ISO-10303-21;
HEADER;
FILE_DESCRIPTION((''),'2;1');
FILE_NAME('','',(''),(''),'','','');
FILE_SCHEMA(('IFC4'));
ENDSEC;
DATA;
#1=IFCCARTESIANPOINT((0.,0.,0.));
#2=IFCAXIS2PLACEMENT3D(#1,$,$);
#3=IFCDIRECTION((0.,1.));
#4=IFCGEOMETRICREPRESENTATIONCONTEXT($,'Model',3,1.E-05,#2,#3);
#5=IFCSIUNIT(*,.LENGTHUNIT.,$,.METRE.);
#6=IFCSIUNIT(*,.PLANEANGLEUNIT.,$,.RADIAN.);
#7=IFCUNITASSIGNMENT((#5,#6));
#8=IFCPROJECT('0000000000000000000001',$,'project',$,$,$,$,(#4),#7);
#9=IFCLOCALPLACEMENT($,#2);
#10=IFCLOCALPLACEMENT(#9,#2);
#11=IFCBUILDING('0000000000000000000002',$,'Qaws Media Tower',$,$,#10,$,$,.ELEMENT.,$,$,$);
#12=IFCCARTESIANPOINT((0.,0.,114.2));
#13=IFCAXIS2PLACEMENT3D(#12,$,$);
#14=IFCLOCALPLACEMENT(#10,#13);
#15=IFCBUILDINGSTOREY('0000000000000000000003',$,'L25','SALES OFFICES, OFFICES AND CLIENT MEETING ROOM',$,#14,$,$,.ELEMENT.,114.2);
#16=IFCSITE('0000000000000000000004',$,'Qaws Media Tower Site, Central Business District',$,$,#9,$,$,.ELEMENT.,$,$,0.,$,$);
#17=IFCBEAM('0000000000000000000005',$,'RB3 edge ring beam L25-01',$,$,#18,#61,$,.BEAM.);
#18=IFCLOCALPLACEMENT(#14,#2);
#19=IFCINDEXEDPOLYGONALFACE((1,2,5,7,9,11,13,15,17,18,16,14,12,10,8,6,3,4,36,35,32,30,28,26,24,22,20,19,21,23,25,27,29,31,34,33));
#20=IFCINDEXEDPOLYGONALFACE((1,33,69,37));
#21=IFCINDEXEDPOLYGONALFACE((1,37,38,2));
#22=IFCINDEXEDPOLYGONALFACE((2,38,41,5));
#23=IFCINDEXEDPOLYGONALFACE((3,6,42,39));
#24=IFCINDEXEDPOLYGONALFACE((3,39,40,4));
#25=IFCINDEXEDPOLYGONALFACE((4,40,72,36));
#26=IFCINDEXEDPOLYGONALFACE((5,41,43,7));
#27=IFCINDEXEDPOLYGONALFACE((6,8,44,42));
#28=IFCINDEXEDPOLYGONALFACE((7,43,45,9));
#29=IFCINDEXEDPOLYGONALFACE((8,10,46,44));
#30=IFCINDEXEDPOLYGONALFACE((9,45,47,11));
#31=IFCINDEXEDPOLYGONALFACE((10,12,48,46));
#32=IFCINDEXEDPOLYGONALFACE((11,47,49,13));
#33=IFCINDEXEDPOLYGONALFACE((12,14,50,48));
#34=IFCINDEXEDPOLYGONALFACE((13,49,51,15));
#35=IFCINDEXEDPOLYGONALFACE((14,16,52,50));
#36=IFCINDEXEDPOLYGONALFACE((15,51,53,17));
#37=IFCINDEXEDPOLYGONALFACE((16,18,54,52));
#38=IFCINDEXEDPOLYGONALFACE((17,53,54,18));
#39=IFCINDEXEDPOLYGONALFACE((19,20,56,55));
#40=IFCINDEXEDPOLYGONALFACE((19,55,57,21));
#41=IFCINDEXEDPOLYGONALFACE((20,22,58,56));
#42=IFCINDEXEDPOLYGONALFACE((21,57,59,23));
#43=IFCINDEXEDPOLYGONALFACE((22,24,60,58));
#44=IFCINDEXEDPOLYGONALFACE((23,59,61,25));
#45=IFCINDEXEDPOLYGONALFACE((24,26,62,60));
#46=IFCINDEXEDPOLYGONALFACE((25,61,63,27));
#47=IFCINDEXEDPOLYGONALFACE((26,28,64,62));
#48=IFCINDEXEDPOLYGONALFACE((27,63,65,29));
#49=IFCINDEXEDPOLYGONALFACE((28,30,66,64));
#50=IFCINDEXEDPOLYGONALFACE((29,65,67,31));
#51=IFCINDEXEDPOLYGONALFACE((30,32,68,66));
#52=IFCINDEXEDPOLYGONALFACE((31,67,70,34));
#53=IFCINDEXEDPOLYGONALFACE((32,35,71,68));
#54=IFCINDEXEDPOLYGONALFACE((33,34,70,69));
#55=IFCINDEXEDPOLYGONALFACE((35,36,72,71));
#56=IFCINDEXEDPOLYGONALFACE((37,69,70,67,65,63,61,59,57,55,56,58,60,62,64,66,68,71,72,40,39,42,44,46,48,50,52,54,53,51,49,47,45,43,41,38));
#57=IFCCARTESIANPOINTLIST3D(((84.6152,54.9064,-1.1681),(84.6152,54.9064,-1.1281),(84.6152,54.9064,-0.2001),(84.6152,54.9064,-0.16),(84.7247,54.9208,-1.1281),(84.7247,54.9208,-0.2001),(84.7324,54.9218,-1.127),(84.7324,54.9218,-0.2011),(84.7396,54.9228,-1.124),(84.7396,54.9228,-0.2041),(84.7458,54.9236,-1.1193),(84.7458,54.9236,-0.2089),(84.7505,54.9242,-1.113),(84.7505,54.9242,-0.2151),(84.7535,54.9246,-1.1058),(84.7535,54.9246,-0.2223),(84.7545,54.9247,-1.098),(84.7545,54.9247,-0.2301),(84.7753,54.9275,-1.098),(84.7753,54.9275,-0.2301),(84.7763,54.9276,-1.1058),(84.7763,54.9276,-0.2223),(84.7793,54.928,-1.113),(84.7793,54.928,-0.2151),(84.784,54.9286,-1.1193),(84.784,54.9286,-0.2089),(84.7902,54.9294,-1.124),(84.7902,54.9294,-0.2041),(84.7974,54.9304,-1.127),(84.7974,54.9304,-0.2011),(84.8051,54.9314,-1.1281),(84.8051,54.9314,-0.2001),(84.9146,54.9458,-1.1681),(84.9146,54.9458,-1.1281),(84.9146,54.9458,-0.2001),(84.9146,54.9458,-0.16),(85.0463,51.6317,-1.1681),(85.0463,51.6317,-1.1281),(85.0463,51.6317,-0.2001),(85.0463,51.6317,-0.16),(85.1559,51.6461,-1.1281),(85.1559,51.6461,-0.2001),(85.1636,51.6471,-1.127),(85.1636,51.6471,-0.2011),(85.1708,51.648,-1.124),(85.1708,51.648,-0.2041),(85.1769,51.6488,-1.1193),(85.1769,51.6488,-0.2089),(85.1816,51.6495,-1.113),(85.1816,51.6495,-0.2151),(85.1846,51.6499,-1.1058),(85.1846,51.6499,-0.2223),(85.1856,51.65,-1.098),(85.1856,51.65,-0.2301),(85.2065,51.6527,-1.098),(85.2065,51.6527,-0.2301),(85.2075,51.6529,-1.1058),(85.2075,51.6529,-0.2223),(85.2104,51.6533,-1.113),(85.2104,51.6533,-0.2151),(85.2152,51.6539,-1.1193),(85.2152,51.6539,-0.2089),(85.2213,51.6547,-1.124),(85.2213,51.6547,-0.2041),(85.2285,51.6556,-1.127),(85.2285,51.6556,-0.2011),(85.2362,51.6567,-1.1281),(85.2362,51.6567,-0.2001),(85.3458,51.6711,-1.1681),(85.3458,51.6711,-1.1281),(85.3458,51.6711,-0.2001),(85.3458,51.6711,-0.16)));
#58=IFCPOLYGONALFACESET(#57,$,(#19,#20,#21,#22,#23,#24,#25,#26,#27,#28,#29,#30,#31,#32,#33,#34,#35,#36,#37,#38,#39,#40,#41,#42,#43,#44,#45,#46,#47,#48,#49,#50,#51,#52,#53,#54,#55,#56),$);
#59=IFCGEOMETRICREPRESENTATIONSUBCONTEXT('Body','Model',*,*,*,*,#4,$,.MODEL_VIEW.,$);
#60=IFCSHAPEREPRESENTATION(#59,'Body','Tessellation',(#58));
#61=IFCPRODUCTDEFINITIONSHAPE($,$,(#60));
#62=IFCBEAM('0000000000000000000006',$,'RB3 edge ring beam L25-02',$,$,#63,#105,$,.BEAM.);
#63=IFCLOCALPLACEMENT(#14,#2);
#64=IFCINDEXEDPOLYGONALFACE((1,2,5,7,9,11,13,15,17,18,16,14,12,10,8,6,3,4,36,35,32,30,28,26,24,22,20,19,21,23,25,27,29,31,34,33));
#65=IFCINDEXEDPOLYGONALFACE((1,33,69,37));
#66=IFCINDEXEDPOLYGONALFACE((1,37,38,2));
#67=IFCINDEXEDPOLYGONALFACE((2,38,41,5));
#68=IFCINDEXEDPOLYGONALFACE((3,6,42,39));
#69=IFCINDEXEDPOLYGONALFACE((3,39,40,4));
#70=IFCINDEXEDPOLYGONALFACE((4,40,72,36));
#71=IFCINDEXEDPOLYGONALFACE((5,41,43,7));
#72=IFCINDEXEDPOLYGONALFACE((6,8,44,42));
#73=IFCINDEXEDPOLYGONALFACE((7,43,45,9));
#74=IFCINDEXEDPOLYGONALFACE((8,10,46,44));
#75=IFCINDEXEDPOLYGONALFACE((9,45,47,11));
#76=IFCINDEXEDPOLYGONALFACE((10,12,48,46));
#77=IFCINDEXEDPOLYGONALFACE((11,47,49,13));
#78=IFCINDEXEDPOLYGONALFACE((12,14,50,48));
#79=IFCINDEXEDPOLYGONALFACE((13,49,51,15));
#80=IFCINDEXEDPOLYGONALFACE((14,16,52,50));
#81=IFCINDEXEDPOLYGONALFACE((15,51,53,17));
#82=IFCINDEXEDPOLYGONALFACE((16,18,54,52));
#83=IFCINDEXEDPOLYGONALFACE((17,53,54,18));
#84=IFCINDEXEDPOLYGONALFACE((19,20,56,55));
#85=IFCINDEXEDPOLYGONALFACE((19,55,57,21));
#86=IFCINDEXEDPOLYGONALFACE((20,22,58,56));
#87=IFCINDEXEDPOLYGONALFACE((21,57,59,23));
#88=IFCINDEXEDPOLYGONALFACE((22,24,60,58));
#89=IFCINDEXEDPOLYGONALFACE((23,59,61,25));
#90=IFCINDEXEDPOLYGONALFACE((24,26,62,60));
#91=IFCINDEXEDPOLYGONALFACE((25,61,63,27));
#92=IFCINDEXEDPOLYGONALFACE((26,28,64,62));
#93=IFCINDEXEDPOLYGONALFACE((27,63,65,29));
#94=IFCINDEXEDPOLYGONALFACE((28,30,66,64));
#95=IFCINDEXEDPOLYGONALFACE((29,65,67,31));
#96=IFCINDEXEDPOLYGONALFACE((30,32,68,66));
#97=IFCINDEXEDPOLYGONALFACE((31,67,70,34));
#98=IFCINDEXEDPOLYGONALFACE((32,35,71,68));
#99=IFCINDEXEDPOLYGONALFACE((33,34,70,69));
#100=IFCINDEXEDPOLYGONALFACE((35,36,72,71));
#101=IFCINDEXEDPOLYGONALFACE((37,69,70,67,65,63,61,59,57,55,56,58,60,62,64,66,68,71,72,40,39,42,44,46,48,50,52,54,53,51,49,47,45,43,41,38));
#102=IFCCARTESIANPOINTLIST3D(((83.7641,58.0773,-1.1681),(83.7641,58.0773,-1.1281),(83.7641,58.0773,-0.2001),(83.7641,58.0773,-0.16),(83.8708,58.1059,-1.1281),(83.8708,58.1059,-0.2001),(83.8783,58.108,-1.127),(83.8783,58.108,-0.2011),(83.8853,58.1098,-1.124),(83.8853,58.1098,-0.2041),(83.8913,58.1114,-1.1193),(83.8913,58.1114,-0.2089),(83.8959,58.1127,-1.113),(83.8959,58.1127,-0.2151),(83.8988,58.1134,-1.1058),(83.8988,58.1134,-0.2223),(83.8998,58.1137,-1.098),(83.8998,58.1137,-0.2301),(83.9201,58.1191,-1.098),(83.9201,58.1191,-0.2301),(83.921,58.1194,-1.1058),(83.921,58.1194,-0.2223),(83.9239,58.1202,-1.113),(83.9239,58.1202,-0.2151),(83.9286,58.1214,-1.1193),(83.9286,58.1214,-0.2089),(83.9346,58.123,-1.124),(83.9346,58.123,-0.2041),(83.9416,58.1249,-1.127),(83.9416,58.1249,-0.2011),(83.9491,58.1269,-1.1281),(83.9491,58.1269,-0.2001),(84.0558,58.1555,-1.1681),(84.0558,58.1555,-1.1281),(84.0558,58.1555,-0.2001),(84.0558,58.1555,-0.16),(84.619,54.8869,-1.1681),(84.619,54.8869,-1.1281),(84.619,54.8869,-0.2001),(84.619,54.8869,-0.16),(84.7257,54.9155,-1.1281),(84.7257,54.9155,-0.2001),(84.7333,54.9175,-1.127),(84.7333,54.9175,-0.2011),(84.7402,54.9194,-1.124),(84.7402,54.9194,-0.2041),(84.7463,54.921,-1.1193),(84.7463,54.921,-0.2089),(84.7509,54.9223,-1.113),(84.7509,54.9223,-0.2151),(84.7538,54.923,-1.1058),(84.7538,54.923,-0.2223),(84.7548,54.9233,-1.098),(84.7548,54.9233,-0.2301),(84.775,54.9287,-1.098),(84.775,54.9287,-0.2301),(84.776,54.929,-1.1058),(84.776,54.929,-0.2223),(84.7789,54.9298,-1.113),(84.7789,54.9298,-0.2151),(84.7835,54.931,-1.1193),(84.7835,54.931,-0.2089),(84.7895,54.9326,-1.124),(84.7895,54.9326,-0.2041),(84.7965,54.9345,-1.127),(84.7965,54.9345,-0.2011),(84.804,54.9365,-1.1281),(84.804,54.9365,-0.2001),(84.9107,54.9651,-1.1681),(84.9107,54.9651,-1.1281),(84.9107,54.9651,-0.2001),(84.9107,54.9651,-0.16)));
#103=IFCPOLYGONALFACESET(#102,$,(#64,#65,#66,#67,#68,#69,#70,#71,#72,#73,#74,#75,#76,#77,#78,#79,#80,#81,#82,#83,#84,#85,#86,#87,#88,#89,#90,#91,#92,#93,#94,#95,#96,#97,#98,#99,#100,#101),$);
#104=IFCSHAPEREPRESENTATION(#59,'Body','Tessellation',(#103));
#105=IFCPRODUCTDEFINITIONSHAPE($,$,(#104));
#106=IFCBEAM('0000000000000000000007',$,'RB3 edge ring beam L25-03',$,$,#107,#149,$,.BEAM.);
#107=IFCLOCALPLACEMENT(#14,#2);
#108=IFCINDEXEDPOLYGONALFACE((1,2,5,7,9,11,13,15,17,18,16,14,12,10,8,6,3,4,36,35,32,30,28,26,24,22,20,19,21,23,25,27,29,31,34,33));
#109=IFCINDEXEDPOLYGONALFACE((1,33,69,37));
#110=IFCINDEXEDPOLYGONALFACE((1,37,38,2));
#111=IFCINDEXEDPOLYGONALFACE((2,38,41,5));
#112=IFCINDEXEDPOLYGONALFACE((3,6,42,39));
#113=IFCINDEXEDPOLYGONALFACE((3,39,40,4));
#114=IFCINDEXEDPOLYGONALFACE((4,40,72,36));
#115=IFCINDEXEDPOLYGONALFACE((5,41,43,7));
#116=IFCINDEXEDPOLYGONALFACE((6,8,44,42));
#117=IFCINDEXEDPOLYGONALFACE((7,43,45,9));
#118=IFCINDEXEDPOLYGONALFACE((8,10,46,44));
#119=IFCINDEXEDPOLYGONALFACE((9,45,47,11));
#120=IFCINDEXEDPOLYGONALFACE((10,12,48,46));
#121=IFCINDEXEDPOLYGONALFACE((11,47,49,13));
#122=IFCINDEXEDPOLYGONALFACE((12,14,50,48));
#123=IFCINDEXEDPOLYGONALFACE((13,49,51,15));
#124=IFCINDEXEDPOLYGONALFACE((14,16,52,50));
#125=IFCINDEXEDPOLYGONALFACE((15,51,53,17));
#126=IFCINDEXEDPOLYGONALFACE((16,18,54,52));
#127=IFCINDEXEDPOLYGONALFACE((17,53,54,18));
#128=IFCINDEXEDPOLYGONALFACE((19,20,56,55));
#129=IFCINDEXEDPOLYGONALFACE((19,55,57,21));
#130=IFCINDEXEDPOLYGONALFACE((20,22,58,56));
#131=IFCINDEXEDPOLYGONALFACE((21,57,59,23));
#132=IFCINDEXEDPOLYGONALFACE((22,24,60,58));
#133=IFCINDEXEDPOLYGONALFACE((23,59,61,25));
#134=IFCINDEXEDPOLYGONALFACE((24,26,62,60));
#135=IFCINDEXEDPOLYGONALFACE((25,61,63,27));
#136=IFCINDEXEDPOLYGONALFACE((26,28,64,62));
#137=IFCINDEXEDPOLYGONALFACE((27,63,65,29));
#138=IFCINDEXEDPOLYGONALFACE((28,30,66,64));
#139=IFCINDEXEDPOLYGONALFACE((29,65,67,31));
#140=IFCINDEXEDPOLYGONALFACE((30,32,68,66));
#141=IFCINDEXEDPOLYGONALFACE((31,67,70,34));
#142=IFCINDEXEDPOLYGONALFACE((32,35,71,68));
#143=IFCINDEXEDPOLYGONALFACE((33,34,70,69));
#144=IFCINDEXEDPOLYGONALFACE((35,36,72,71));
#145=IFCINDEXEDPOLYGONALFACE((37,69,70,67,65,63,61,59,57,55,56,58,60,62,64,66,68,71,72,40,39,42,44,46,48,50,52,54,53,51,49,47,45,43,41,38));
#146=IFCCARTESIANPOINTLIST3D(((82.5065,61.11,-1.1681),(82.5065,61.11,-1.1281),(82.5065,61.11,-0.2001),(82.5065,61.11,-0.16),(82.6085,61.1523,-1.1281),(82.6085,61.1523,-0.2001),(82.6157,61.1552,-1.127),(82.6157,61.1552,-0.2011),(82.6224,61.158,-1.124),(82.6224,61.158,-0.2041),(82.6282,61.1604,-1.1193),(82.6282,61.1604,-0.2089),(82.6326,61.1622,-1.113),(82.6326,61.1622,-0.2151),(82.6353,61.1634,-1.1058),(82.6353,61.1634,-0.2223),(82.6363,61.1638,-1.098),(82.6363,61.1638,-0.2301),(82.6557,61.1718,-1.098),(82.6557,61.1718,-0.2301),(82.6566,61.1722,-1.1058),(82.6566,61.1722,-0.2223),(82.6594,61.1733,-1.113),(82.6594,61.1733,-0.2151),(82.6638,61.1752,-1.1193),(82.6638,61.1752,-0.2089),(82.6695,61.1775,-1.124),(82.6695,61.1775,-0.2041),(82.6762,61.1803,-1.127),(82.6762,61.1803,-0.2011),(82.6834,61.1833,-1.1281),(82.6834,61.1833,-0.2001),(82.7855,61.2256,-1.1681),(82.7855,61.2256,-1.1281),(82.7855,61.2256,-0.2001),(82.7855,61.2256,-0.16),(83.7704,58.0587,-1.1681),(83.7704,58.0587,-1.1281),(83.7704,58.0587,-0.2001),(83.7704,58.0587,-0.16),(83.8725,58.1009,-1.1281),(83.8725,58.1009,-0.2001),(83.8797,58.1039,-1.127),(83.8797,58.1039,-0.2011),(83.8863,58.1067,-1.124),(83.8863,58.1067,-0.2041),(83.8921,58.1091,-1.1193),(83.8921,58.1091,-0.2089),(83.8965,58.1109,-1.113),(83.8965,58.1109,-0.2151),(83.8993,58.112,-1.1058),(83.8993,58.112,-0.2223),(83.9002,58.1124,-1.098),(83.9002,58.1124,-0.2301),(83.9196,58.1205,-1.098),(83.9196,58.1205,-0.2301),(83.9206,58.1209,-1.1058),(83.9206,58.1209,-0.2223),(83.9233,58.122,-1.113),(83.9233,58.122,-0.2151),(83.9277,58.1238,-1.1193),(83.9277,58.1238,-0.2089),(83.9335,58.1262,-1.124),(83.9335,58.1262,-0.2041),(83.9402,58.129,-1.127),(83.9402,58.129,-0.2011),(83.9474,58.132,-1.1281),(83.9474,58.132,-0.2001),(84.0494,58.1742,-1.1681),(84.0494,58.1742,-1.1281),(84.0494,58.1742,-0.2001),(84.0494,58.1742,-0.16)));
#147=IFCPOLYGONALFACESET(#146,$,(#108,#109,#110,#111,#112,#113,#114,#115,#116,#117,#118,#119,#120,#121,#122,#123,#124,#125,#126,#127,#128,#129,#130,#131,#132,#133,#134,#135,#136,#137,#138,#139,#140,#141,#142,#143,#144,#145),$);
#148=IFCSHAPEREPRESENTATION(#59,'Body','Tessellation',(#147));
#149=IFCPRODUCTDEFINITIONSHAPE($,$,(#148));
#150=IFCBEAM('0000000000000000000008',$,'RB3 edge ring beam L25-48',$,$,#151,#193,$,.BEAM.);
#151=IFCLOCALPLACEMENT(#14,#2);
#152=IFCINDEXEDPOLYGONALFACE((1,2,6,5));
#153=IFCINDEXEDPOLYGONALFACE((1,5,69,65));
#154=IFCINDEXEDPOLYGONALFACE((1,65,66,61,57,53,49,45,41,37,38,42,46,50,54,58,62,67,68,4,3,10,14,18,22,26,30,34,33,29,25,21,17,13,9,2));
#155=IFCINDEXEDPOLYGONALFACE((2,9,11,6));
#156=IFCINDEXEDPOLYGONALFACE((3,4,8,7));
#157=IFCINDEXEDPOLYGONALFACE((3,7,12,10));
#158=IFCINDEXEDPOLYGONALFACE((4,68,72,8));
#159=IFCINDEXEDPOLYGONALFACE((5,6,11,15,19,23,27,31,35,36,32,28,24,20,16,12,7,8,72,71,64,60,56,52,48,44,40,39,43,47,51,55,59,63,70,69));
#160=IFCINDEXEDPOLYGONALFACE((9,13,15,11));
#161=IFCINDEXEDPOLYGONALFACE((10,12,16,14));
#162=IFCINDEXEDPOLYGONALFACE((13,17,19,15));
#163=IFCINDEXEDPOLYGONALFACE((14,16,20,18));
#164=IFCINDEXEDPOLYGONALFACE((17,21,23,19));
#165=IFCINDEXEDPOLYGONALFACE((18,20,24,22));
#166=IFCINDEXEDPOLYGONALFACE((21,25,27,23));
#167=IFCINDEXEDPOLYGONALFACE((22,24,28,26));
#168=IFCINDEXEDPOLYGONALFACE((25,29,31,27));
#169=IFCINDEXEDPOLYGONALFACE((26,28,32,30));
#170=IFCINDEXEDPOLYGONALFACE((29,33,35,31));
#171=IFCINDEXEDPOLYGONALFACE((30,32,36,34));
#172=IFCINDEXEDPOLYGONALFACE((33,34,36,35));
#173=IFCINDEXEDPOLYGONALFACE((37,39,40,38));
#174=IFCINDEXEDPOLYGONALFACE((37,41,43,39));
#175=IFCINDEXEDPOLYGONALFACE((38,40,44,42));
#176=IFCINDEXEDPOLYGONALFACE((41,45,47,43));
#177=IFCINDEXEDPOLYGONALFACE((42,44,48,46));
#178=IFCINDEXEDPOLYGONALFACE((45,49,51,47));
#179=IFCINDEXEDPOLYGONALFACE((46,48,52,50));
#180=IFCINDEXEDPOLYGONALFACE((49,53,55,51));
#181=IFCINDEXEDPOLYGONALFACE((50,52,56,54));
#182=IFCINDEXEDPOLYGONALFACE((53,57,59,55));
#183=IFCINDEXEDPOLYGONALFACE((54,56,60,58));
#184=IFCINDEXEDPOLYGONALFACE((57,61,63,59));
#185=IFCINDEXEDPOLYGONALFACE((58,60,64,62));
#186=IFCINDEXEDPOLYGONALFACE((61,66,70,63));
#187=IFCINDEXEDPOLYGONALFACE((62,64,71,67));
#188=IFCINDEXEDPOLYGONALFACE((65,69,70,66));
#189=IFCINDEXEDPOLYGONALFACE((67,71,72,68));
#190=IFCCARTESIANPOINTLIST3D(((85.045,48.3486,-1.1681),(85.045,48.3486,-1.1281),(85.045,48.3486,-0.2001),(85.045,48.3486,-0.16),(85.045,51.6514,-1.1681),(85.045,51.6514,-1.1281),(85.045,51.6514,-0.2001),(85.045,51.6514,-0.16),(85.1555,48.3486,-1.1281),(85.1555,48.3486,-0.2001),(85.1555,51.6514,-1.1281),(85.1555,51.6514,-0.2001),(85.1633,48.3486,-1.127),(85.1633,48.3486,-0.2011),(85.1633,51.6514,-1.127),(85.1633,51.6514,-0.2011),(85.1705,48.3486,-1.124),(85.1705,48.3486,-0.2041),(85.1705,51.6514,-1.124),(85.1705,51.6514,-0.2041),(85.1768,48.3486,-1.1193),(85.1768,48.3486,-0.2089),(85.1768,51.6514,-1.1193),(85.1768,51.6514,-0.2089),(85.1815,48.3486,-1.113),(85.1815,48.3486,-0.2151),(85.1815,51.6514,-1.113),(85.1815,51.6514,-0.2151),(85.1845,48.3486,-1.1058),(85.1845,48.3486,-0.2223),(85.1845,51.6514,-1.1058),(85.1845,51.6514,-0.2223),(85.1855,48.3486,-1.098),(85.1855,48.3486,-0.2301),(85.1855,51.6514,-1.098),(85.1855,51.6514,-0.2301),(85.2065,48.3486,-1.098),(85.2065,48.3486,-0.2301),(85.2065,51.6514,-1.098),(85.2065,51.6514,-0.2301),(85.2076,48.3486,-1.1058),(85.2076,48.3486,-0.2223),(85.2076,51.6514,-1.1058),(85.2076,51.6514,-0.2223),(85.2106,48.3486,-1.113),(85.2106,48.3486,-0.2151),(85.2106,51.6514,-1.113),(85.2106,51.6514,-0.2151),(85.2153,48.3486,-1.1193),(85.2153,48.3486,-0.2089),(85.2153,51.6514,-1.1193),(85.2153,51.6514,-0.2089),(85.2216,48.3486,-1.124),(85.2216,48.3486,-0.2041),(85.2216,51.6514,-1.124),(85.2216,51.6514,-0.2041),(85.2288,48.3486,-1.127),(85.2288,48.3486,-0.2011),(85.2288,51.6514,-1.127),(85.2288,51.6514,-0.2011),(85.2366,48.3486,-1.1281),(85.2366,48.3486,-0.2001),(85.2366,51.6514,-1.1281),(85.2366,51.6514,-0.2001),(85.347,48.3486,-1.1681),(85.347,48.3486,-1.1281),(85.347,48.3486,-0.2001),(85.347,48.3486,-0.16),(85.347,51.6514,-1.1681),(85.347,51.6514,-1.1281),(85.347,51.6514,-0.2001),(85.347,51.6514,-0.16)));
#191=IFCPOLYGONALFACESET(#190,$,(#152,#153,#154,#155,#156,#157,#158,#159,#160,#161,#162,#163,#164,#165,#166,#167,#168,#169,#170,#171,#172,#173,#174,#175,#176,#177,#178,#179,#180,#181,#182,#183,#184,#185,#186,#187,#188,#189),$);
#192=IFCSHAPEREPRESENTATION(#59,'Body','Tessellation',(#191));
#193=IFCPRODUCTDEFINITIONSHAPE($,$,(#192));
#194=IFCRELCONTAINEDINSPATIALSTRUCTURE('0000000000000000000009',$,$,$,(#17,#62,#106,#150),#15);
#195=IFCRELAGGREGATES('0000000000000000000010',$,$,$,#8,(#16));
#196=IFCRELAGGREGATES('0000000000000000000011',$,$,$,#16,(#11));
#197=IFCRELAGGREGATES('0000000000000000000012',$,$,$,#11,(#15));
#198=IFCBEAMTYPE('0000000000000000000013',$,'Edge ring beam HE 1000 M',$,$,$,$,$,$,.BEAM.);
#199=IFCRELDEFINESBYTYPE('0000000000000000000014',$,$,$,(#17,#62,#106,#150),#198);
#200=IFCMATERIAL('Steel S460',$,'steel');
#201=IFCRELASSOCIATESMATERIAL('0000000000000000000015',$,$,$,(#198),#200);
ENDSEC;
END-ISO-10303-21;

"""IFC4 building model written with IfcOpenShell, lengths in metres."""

from ifc_helpers import new_model, si_unit, direction, frame, origin, origin_2d, place, context, subcontext, project, spatial, i_section, extrude, material, material_profile, profile_set, type_object, element, save


model = new_model("IFC4")

# Units and contexts
model_context = context("Model", 3, precision=1e-05, world=origin(), true_north=direction((0.0, 1.0)))
body_context = subcontext(model_context, "Body", "Model", "MODEL_VIEW")
ifc_project = project(units=[si_unit("LENGTHUNIT", "METRE"), si_unit("PLANEANGLEUNIT", "RADIAN")], contexts=[model_context])

# Site, building, storey
site_placement = place(None, origin())
site = spatial("IfcSite", under=ifc_project, at=site_placement, Name="Qaws Media Tower Site, Central Business District", CompositionType="ELEMENT", RefElevation=0.0)
building_placement = place(site_placement, origin())
building = spatial("IfcBuilding", under=site, at=building_placement, Name="Qaws Media Tower", CompositionType="ELEMENT")
storey_placement = place(building_placement, frame((0.0, 0.0, 114.2)))
storey = spatial("IfcBuildingStorey", under=building, at=storey_placement, Name="L25", Description="SALES OFFICES, OFFICES AND CLIENT MEETING ROOM", CompositionType="ELEMENT", Elevation=114.2)

# Beams
ifc_material_1 = material(Name="Steel S460", Category="steel")
ifc_material_profile_1 = material_profile(ifc_material_1, i_section(OverallWidth=0.302, OverallDepth=1.0081, WebThickness=0.021, FlangeThickness=0.04, FilletRadius=0.03, at=origin_2d()), Name="HE 1000 M")
ifc_profile_set_1 = profile_set([ifc_material_profile_1], Name="Steel S460")
beam_type_1 = type_object("IfcBeamType", Name="Edge ring beam HE 1000 M", PredefinedType="BEAM", material=ifc_profile_set_1)
for number, where, z_axis, x_axis, name in (
    (1, (85.196, 51.6514, -0.6641), (-0.130537, 0.991443, 0.0), (-0.991443, -0.130537, 0.0), "RB3 edge ring beam L25-01"),
    (2, (84.7649, 54.926, -0.6641), (-0.258849, 0.965918, 0.0), (-0.965918, -0.258849, 0.0), "RB3 edge ring beam L25-02"),
):
    element("IfcBeam", number, at=place(storey_placement, frame(where, z_axis=z_axis, x_axis=x_axis)), inside=storey, type_object=beam_type_1, Name=name, PredefinedType="BEAM", context=body_context, shape_type="SweptSolid", body=[
        extrude(i_section(OverallWidth=0.302, OverallDepth=1.0081, WebThickness=0.021, FlangeThickness=0.04, FilletRadius=0.03, at=origin_2d()), origin(), (0.0, 0.0, 1.0), 3.303),
    ])
for number, where, z_axis, x_axis, name in (
    (3, (83.9099, 58.1165, -0.6641), (-0.382693, 0.923875, 0.0), (-0.923875, -0.382693, 0.0), "RB3 edge ring beam L25-03"),
    (4, (85.196, 48.3486, -0.6641), (0.0, 1.0, 0.0), (-1.0, 0.0, 0.0), "RB3 edge ring beam L25-48"),
):
    element("IfcBeam", number, at=place(storey_placement, frame(where, z_axis=z_axis, x_axis=x_axis)), inside=storey, type_object=beam_type_1, Name=name, PredefinedType="BEAM", context=body_context, shape_type="SweptSolid", body=[
        extrude(i_section(OverallWidth=0.302, OverallDepth=1.0081, WebThickness=0.021, FlangeThickness=0.04, FilletRadius=0.03, at=origin_2d()), origin(), (0.0, 0.0, 1.0), 3.3027),
    ])

save(model, "model.ifc")
